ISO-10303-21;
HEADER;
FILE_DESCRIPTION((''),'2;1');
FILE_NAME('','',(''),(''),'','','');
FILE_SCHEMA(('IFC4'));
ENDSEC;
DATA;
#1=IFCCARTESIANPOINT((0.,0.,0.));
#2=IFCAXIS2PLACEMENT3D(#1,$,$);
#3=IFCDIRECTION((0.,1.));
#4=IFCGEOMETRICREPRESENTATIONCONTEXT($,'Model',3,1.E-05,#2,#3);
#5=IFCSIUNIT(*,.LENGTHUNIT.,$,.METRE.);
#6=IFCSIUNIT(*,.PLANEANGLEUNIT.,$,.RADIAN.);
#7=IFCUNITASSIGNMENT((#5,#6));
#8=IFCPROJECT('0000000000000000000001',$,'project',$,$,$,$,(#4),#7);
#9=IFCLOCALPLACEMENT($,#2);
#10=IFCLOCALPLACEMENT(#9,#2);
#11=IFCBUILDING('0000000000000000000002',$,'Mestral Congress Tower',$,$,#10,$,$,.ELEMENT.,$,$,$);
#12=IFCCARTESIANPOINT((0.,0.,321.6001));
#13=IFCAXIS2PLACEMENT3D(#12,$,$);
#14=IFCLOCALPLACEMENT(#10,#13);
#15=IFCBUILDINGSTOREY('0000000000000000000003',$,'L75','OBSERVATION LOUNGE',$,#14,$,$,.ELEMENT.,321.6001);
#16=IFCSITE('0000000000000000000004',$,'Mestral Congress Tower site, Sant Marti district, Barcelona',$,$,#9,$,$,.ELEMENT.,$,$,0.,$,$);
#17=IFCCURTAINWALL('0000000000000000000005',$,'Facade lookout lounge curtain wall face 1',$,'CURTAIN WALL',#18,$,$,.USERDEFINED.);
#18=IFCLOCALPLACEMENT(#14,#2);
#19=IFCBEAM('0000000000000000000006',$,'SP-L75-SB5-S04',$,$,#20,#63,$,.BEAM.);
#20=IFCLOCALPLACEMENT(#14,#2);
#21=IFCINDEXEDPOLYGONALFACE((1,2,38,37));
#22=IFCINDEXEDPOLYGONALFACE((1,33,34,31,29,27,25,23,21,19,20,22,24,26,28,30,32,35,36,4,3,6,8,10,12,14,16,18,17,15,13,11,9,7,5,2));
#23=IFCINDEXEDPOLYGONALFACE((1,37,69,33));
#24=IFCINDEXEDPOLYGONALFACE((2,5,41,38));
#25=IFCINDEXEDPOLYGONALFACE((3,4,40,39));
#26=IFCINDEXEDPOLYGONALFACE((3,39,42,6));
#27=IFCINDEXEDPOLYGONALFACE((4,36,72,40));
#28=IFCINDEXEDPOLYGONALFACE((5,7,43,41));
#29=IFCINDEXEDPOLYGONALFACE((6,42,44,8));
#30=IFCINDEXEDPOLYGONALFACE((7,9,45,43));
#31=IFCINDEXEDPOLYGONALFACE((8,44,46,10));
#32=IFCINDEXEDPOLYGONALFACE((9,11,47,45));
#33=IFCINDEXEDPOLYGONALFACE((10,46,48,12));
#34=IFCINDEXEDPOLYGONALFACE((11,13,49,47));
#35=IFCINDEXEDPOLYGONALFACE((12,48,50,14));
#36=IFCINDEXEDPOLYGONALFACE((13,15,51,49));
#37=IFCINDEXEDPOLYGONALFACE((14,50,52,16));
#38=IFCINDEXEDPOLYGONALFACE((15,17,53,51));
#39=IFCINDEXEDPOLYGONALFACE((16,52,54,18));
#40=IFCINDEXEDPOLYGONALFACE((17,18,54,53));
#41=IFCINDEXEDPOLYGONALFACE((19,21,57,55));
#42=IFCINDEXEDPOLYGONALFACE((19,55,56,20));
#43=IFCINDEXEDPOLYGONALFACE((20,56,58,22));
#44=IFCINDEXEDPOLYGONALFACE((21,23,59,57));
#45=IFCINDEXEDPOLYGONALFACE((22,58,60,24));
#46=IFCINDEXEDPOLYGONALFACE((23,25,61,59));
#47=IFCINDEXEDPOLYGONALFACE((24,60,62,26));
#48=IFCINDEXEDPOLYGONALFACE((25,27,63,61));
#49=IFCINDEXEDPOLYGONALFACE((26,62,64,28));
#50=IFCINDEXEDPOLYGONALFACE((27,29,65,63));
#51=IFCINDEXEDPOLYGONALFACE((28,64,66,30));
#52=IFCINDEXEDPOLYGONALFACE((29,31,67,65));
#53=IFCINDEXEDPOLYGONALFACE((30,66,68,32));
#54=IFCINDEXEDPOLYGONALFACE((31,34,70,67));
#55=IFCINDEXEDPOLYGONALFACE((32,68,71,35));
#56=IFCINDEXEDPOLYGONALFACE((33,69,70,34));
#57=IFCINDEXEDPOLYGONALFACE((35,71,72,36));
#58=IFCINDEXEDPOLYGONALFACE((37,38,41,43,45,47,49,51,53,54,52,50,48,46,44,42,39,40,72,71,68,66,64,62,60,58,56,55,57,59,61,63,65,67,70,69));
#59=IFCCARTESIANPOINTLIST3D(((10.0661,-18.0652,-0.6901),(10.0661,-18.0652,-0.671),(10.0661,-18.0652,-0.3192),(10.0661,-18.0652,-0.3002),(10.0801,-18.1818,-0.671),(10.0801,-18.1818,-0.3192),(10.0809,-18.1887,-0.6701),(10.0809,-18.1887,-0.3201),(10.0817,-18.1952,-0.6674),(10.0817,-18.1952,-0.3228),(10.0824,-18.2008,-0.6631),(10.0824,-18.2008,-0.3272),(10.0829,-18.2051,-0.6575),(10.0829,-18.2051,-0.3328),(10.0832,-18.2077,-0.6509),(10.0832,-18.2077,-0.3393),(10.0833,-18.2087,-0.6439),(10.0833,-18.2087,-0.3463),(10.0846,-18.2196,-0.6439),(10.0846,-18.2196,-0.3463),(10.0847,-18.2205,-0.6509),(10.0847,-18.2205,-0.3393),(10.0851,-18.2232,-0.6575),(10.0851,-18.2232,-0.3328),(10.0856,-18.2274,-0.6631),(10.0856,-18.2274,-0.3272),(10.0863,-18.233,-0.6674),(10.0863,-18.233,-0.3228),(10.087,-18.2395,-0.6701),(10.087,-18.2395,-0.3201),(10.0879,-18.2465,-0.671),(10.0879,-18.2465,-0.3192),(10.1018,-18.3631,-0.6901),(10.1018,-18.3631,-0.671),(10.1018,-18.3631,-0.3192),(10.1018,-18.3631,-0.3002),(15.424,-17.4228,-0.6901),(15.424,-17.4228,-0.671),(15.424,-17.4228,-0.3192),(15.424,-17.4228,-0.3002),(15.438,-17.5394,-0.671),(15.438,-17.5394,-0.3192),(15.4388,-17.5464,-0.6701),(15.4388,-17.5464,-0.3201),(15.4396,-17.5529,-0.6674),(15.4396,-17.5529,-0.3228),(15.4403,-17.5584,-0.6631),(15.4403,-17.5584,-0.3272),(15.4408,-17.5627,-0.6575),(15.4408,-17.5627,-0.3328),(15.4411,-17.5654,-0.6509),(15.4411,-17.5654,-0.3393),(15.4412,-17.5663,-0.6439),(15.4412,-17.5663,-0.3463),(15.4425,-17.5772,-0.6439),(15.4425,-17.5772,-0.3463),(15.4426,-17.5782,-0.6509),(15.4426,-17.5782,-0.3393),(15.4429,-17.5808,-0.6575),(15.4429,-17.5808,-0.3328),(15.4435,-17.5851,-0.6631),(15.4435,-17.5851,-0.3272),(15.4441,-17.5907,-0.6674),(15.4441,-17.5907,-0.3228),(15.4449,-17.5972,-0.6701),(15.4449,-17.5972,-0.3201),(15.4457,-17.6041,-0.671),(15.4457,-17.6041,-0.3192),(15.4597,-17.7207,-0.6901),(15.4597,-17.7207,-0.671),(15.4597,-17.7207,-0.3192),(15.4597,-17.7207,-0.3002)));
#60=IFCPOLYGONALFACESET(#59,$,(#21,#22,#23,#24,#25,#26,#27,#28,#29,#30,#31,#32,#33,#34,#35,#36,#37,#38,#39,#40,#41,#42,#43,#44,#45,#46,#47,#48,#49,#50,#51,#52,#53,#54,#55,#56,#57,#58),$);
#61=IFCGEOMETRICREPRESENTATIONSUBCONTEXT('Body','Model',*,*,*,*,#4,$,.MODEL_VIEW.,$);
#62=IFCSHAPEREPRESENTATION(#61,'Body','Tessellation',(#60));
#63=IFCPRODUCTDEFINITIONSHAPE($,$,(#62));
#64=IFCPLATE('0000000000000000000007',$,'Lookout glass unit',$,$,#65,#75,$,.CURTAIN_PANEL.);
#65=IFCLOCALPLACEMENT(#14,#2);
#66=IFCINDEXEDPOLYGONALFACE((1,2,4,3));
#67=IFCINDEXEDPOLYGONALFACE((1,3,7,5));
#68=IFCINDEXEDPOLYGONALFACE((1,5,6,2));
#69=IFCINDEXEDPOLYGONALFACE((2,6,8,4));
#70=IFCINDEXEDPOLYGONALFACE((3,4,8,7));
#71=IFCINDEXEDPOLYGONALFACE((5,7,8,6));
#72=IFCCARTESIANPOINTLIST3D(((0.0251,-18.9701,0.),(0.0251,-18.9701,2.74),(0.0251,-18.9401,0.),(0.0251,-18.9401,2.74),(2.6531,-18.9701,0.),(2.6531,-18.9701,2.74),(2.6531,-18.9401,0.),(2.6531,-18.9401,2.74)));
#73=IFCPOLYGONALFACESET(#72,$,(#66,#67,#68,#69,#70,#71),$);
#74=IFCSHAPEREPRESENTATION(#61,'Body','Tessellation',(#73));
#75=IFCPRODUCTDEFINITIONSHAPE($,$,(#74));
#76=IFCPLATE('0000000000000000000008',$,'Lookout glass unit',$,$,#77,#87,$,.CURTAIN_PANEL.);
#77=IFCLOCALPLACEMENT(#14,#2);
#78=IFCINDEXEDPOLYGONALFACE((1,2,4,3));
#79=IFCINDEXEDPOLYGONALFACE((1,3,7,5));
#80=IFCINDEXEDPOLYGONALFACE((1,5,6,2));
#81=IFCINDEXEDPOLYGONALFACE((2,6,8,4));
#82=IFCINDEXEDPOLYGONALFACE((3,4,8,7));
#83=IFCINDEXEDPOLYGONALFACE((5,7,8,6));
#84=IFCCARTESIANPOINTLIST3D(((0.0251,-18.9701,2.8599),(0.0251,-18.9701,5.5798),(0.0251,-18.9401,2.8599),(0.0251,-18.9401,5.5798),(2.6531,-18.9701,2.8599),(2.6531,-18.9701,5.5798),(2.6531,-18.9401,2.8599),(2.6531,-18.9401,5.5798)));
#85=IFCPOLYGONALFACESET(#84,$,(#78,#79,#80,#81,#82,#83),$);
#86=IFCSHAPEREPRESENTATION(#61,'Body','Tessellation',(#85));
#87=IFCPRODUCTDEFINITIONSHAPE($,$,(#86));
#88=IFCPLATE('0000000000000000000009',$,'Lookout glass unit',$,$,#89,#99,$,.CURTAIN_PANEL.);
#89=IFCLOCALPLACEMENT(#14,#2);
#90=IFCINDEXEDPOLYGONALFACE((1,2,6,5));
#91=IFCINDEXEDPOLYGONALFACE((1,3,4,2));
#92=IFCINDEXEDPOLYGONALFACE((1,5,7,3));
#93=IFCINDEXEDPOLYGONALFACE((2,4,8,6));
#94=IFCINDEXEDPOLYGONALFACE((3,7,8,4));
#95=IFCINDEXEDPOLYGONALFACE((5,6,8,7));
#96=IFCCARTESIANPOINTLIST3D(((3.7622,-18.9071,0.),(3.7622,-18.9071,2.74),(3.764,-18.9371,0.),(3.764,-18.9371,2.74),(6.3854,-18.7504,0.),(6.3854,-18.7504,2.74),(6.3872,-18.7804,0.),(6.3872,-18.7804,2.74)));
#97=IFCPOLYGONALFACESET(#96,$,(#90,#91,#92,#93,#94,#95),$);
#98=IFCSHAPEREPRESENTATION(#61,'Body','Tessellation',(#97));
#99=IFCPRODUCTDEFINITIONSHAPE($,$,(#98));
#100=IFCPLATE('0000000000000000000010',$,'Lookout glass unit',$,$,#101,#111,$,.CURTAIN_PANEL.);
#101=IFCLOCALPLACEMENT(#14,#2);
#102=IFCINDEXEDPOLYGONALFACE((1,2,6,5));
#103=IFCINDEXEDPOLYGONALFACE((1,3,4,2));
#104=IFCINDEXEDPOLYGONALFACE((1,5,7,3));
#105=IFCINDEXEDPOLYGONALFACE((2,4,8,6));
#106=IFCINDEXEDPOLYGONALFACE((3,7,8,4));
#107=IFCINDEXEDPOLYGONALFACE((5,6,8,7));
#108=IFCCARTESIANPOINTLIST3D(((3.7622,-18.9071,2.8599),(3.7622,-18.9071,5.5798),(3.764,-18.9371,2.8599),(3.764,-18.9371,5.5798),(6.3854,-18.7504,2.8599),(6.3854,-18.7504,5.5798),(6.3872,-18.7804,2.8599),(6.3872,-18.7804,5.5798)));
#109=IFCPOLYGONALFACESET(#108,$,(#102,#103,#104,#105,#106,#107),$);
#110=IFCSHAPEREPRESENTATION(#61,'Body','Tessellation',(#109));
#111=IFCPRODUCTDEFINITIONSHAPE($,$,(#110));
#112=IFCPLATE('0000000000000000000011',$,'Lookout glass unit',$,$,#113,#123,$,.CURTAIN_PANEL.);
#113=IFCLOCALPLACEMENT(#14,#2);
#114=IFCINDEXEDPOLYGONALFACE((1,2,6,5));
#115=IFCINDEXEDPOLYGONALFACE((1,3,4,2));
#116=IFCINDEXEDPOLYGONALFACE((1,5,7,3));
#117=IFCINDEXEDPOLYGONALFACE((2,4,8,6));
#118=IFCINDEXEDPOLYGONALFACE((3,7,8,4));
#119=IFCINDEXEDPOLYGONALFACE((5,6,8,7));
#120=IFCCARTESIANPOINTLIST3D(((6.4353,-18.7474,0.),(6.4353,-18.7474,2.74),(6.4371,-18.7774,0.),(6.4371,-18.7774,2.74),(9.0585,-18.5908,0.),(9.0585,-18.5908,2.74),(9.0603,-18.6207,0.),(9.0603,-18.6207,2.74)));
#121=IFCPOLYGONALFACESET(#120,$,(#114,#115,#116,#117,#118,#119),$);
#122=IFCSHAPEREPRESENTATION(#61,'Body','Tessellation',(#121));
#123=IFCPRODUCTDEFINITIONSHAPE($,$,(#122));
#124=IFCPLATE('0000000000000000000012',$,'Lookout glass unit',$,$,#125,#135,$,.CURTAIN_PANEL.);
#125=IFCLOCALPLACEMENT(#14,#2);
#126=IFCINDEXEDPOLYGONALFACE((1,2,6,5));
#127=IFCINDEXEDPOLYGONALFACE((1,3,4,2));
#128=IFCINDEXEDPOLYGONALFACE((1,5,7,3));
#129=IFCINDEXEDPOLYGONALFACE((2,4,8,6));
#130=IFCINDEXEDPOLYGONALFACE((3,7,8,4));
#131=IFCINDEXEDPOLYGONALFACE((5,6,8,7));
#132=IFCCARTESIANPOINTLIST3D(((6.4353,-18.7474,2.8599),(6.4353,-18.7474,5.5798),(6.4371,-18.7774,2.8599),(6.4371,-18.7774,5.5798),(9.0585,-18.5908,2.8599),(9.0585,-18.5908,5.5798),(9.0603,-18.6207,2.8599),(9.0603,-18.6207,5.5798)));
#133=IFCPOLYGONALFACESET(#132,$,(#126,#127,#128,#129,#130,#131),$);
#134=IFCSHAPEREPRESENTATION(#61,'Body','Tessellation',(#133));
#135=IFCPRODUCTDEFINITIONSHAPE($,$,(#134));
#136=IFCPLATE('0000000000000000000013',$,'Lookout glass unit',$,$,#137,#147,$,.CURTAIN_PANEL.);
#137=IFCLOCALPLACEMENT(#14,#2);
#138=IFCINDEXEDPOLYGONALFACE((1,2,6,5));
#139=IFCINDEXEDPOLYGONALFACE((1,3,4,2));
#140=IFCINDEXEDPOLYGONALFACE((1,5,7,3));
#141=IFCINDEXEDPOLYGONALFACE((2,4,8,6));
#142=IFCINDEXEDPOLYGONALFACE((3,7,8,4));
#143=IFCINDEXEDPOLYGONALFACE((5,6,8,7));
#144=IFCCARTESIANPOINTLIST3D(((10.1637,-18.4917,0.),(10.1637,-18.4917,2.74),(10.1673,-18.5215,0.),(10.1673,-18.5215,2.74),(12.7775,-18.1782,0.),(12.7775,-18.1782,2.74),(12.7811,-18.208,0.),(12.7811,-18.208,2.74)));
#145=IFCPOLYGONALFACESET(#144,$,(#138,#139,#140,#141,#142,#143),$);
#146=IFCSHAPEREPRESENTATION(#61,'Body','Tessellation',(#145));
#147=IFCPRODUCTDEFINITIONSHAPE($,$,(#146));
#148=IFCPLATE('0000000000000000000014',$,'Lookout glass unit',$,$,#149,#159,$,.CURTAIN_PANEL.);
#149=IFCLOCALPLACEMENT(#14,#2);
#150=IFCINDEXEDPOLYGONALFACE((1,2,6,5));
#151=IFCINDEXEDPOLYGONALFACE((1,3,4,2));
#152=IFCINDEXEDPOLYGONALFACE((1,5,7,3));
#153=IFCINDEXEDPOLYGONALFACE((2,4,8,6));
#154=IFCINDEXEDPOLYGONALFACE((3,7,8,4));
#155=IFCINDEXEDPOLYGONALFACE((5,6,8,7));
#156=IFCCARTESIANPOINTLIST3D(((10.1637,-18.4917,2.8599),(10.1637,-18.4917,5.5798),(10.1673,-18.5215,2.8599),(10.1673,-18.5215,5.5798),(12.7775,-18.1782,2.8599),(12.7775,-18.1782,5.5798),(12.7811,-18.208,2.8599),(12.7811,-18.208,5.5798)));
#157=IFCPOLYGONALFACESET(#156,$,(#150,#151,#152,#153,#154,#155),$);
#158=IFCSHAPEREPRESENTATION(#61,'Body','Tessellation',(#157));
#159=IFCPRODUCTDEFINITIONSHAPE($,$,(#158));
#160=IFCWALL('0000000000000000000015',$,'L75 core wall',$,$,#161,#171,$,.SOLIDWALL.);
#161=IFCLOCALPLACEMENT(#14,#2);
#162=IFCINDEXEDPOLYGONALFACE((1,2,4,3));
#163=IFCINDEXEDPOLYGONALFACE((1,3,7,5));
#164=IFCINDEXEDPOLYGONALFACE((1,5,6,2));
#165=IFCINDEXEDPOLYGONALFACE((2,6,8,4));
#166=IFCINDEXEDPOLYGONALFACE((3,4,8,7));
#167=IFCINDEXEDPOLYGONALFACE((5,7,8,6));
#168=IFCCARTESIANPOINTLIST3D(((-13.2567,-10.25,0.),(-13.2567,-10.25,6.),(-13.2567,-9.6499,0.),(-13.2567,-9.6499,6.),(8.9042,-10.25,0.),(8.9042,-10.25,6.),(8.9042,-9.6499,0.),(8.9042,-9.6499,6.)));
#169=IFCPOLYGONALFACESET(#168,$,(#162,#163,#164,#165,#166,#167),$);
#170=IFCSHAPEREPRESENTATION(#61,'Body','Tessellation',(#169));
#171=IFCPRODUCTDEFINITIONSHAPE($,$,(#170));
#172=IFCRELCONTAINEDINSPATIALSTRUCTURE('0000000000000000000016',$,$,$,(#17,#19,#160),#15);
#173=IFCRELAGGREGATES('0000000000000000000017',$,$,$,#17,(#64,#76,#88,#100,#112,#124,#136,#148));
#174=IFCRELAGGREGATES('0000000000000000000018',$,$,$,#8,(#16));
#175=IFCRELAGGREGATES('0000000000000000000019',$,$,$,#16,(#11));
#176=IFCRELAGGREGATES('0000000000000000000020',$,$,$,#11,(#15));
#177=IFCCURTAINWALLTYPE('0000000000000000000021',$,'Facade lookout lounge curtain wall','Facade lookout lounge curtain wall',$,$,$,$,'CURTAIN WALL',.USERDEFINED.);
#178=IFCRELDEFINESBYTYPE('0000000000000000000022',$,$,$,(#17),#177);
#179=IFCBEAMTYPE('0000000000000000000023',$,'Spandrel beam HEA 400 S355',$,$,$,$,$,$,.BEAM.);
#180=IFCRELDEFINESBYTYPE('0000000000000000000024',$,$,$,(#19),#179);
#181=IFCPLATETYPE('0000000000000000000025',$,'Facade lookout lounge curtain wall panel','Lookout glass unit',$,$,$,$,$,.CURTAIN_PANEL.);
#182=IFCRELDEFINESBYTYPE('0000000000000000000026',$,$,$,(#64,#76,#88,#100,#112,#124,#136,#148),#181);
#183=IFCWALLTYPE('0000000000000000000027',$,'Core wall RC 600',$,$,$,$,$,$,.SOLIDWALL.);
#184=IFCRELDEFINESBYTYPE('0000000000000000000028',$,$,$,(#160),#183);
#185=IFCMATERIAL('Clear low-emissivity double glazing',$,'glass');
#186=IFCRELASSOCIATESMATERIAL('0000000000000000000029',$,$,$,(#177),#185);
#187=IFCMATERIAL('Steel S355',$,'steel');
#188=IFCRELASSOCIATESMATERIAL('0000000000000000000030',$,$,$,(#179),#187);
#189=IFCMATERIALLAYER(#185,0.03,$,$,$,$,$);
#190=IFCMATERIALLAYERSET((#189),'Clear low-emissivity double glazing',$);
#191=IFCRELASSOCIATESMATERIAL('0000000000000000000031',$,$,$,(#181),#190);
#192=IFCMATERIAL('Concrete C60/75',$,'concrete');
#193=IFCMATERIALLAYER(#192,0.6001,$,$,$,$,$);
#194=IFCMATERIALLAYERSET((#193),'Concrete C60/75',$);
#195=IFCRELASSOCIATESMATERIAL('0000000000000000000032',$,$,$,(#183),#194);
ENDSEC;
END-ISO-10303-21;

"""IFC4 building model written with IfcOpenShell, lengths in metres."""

from ifc_helpers import new_model, si_unit, direction, frame, frame_2d, origin, origin_2d, place, context, subcontext, project, spatial, rectangle, i_section, extrude, material, layer, layer_set, material_profile, profile_set, type_object, element, aggregate, save


model = new_model("IFC4")

# Units and contexts
model_context = context("Model", 3, precision=1e-05, world=origin(), true_north=direction((0.0, 1.0)))
body_context = subcontext(model_context, "Body", "Model", "MODEL_VIEW")
ifc_project = project(units=[si_unit("LENGTHUNIT", "METRE"), si_unit("PLANEANGLEUNIT", "RADIAN")], contexts=[model_context])

# Site, building, storey
site_placement = place(None, origin())
site = spatial("IfcSite", under=ifc_project, at=site_placement, Name="Mestral Congress Tower site, Sant Marti district, Barcelona", CompositionType="ELEMENT", RefElevation=0.0)
building_placement = place(site_placement, origin())
building = spatial("IfcBuilding", under=site, at=building_placement, Name="Mestral Congress Tower", CompositionType="ELEMENT")
storey_placement = place(building_placement, frame((0.0, 0.0, 321.6001)))
storey = spatial("IfcBuildingStorey", under=building, at=storey_placement, Name="L75", Description="OBSERVATION LOUNGE", CompositionType="ELEMENT", Elevation=321.6001)

# Shared definitions
ifc_material_1 = material(Name="Concrete C60/75", Category="concrete")

# Curtain wall
ifc_material_2 = material(Name="Clear low-emissivity double glazing", Category="glass")
curtain_wall_type = type_object("IfcCurtainWallType", Name="Facade lookout lounge curtain wall", Description="Facade lookout lounge curtain wall", ElementType="CURTAIN WALL", PredefinedType="USERDEFINED", material=ifc_material_2)
curtain_wall_placement = place(storey_placement, origin())
curtain_wall = element("IfcCurtainWall", 1, at=curtain_wall_placement, inside=storey, type_object=curtain_wall_type, Name="Facade lookout lounge curtain wall face 1", ObjectType="CURTAIN WALL", PredefinedType="USERDEFINED")

# Beam
ifc_material_3 = material(Name="Steel S355", Category="steel")
ifc_material_profile_1 = material_profile(ifc_material_3, i_section(OverallWidth=0.3, OverallDepth=0.3899, WebThickness=0.011, FlangeThickness=0.019, FilletRadius=0.0271, at=origin_2d()), Name="HEA 400")
ifc_profile_set_1 = profile_set([ifc_material_profile_1], Name="Steel S355")
beam_type_1 = type_object("IfcBeamType", Name="Spandrel beam HEA 400 S355", PredefinedType="BEAM", material=ifc_profile_set_1)
beam_1_placement = place(storey_placement, frame((10.084, -18.2141, -0.4951), z_axis=(0.99289, 0.119033, 0.0), x_axis=(-0.119033, 0.99289, 0.0)))
element("IfcBeam", 2, at=beam_1_placement, inside=storey, type_object=beam_type_1, Name="SP-L75-SB5-S04", PredefinedType="BEAM", context=body_context, shape_type="SweptSolid", body=[
    extrude(i_section(OverallWidth=0.3, OverallDepth=0.3899, WebThickness=0.011, FlangeThickness=0.019, FilletRadius=0.0271, at=origin_2d()), origin(), (0.0, 0.0, 1.0), 5.3962),
])

# Plates
ifc_layer_1 = layer(ifc_material_2, 0.03)
ifc_layer_set_1 = layer_set([ifc_layer_1], Name="Clear low-emissivity double glazing")
plate_type = type_object("IfcPlateType", Name="Facade lookout lounge curtain wall panel", Description="Lookout glass unit", PredefinedType="CURTAIN_PANEL", material=ifc_layer_set_1)
plate_1_placement = place(storey_placement, frame((1.3391, -18.9551, 0.0), z_axis=(0.0, 0.0, 1.0), x_axis=(1.0, 0.0, 0.0)))
plate_1 = element("IfcPlate", 3, at=plate_1_placement, type_object=plate_type, Name="Lookout glass unit", PredefinedType="CURTAIN_PANEL", context=body_context, shape_type="SweptSolid", body=[
    extrude(rectangle(XDim=2.6279, YDim=0.03, at=origin_2d()), origin(), (0.0, 0.0, 1.0), 2.74),
])
plate_2_placement = place(storey_placement, frame((1.3391, -18.9551, 2.8599), z_axis=(0.0, 0.0, 1.0), x_axis=(1.0, 0.0, 0.0)))
plate_2 = element("IfcPlate", 4, at=plate_2_placement, type_object=plate_type, Name="Lookout glass unit", PredefinedType="CURTAIN_PANEL", context=body_context, shape_type="SweptSolid", body=[
    extrude(rectangle(XDim=2.6279, YDim=0.03, at=origin_2d()), origin(), (0.0, 0.0, 1.0), 2.72),
])
plate_3_placement = place(storey_placement, frame((5.0747, -18.8438, 0.0), z_axis=(0.0, 0.0, 1.0), x_axis=(0.998221, 0.059618, 0.0)))
plate_3 = element("IfcPlate", 5, at=plate_3_placement, type_object=plate_type, Name="Lookout glass unit", PredefinedType="CURTAIN_PANEL", context=body_context, shape_type="SweptSolid", body=[
    extrude(rectangle(XDim=2.6279, YDim=0.03, at=origin_2d()), origin(), (0.0, 0.0, 1.0), 2.74),
])
plate_4_placement = place(storey_placement, frame((5.0747, -18.8438, 2.8599), z_axis=(0.0, 0.0, 1.0), x_axis=(0.998221, 0.059618, 0.0)))
plate_4 = element("IfcPlate", 6, at=plate_4_placement, type_object=plate_type, Name="Lookout glass unit", PredefinedType="CURTAIN_PANEL", context=body_context, shape_type="SweptSolid", body=[
    extrude(rectangle(XDim=2.6279, YDim=0.03, at=origin_2d()), origin(), (0.0, 0.0, 1.0), 2.72),
])
plate_5_placement = place(storey_placement, frame((7.7478, -18.6841, 0.0), z_axis=(0.0, 0.0, 1.0), x_axis=(0.998221, 0.059618, 0.0)))
plate_5 = element("IfcPlate", 7, at=plate_5_placement, type_object=plate_type, Name="Lookout glass unit", PredefinedType="CURTAIN_PANEL", context=body_context, shape_type="SweptSolid", body=[
    extrude(rectangle(XDim=2.6279, YDim=0.03, at=origin_2d()), origin(), (0.0, 0.0, 1.0), 2.74),
])
plate_6_placement = place(storey_placement, frame((7.7478, -18.6841, 2.8599), z_axis=(0.0, 0.0, 1.0), x_axis=(0.998221, 0.059618, 0.0)))
plate_6 = element("IfcPlate", 8, at=plate_6_placement, type_object=plate_type, Name="Lookout glass unit", PredefinedType="CURTAIN_PANEL", context=body_context, shape_type="SweptSolid", body=[
    extrude(rectangle(XDim=2.6279, YDim=0.03, at=origin_2d()), origin(), (0.0, 0.0, 1.0), 2.72),
])
plate_7_placement = place(storey_placement, frame((11.4724, -18.3499, 0.0), z_axis=(0.0, 0.0, 1.0), x_axis=(0.992887, 0.119057, 0.0)))
plate_7 = element("IfcPlate", 9, at=plate_7_placement, type_object=plate_type, Name="Lookout glass unit", PredefinedType="CURTAIN_PANEL", context=body_context, shape_type="SweptSolid", body=[
    extrude(rectangle(XDim=2.6326, YDim=0.03, at=origin_2d()), origin(), (0.0, 0.0, 1.0), 2.74),
])
plate_8_placement = place(storey_placement, frame((11.4724, -18.3499, 2.8599), z_axis=(0.0, 0.0, 1.0), x_axis=(0.992887, 0.119057, 0.0)))
plate_8 = element("IfcPlate", 10, at=plate_8_placement, type_object=plate_type, Name="Lookout glass unit", PredefinedType="CURTAIN_PANEL", context=body_context, shape_type="SweptSolid", body=[
    extrude(rectangle(XDim=2.6326, YDim=0.03, at=origin_2d()), origin(), (0.0, 0.0, 1.0), 2.72),
])
aggregate(curtain_wall, [plate_1, plate_2, plate_3, plate_4, plate_5, plate_6, plate_7, plate_8])

# Wall
ifc_layer_2 = layer(ifc_material_1, 0.6001)
ifc_layer_set_2 = layer_set([ifc_layer_2], Name="Concrete C60/75")
wall_type = type_object("IfcWallType", Name="Core wall RC 600", PredefinedType="SOLIDWALL", material=ifc_layer_set_2)
wall_placement = place(storey_placement, frame((8.9043, -9.95, 0.0), z_axis=(0.0, 0.0, 1.0), x_axis=(-1.0, 0.0, 0.0)))
element("IfcWall", 11, at=wall_placement, inside=storey, type_object=wall_type, Name="L75 core wall", PredefinedType="SOLIDWALL", context=body_context, shape_type="SweptSolid", body=[
    extrude(rectangle(XDim=22.1609, YDim=0.6001, at=frame_2d((11.0806, 0.0))), origin(), (0.0, 0.0, 1.0), 6.0),
])

save(model, "model.ifc")
